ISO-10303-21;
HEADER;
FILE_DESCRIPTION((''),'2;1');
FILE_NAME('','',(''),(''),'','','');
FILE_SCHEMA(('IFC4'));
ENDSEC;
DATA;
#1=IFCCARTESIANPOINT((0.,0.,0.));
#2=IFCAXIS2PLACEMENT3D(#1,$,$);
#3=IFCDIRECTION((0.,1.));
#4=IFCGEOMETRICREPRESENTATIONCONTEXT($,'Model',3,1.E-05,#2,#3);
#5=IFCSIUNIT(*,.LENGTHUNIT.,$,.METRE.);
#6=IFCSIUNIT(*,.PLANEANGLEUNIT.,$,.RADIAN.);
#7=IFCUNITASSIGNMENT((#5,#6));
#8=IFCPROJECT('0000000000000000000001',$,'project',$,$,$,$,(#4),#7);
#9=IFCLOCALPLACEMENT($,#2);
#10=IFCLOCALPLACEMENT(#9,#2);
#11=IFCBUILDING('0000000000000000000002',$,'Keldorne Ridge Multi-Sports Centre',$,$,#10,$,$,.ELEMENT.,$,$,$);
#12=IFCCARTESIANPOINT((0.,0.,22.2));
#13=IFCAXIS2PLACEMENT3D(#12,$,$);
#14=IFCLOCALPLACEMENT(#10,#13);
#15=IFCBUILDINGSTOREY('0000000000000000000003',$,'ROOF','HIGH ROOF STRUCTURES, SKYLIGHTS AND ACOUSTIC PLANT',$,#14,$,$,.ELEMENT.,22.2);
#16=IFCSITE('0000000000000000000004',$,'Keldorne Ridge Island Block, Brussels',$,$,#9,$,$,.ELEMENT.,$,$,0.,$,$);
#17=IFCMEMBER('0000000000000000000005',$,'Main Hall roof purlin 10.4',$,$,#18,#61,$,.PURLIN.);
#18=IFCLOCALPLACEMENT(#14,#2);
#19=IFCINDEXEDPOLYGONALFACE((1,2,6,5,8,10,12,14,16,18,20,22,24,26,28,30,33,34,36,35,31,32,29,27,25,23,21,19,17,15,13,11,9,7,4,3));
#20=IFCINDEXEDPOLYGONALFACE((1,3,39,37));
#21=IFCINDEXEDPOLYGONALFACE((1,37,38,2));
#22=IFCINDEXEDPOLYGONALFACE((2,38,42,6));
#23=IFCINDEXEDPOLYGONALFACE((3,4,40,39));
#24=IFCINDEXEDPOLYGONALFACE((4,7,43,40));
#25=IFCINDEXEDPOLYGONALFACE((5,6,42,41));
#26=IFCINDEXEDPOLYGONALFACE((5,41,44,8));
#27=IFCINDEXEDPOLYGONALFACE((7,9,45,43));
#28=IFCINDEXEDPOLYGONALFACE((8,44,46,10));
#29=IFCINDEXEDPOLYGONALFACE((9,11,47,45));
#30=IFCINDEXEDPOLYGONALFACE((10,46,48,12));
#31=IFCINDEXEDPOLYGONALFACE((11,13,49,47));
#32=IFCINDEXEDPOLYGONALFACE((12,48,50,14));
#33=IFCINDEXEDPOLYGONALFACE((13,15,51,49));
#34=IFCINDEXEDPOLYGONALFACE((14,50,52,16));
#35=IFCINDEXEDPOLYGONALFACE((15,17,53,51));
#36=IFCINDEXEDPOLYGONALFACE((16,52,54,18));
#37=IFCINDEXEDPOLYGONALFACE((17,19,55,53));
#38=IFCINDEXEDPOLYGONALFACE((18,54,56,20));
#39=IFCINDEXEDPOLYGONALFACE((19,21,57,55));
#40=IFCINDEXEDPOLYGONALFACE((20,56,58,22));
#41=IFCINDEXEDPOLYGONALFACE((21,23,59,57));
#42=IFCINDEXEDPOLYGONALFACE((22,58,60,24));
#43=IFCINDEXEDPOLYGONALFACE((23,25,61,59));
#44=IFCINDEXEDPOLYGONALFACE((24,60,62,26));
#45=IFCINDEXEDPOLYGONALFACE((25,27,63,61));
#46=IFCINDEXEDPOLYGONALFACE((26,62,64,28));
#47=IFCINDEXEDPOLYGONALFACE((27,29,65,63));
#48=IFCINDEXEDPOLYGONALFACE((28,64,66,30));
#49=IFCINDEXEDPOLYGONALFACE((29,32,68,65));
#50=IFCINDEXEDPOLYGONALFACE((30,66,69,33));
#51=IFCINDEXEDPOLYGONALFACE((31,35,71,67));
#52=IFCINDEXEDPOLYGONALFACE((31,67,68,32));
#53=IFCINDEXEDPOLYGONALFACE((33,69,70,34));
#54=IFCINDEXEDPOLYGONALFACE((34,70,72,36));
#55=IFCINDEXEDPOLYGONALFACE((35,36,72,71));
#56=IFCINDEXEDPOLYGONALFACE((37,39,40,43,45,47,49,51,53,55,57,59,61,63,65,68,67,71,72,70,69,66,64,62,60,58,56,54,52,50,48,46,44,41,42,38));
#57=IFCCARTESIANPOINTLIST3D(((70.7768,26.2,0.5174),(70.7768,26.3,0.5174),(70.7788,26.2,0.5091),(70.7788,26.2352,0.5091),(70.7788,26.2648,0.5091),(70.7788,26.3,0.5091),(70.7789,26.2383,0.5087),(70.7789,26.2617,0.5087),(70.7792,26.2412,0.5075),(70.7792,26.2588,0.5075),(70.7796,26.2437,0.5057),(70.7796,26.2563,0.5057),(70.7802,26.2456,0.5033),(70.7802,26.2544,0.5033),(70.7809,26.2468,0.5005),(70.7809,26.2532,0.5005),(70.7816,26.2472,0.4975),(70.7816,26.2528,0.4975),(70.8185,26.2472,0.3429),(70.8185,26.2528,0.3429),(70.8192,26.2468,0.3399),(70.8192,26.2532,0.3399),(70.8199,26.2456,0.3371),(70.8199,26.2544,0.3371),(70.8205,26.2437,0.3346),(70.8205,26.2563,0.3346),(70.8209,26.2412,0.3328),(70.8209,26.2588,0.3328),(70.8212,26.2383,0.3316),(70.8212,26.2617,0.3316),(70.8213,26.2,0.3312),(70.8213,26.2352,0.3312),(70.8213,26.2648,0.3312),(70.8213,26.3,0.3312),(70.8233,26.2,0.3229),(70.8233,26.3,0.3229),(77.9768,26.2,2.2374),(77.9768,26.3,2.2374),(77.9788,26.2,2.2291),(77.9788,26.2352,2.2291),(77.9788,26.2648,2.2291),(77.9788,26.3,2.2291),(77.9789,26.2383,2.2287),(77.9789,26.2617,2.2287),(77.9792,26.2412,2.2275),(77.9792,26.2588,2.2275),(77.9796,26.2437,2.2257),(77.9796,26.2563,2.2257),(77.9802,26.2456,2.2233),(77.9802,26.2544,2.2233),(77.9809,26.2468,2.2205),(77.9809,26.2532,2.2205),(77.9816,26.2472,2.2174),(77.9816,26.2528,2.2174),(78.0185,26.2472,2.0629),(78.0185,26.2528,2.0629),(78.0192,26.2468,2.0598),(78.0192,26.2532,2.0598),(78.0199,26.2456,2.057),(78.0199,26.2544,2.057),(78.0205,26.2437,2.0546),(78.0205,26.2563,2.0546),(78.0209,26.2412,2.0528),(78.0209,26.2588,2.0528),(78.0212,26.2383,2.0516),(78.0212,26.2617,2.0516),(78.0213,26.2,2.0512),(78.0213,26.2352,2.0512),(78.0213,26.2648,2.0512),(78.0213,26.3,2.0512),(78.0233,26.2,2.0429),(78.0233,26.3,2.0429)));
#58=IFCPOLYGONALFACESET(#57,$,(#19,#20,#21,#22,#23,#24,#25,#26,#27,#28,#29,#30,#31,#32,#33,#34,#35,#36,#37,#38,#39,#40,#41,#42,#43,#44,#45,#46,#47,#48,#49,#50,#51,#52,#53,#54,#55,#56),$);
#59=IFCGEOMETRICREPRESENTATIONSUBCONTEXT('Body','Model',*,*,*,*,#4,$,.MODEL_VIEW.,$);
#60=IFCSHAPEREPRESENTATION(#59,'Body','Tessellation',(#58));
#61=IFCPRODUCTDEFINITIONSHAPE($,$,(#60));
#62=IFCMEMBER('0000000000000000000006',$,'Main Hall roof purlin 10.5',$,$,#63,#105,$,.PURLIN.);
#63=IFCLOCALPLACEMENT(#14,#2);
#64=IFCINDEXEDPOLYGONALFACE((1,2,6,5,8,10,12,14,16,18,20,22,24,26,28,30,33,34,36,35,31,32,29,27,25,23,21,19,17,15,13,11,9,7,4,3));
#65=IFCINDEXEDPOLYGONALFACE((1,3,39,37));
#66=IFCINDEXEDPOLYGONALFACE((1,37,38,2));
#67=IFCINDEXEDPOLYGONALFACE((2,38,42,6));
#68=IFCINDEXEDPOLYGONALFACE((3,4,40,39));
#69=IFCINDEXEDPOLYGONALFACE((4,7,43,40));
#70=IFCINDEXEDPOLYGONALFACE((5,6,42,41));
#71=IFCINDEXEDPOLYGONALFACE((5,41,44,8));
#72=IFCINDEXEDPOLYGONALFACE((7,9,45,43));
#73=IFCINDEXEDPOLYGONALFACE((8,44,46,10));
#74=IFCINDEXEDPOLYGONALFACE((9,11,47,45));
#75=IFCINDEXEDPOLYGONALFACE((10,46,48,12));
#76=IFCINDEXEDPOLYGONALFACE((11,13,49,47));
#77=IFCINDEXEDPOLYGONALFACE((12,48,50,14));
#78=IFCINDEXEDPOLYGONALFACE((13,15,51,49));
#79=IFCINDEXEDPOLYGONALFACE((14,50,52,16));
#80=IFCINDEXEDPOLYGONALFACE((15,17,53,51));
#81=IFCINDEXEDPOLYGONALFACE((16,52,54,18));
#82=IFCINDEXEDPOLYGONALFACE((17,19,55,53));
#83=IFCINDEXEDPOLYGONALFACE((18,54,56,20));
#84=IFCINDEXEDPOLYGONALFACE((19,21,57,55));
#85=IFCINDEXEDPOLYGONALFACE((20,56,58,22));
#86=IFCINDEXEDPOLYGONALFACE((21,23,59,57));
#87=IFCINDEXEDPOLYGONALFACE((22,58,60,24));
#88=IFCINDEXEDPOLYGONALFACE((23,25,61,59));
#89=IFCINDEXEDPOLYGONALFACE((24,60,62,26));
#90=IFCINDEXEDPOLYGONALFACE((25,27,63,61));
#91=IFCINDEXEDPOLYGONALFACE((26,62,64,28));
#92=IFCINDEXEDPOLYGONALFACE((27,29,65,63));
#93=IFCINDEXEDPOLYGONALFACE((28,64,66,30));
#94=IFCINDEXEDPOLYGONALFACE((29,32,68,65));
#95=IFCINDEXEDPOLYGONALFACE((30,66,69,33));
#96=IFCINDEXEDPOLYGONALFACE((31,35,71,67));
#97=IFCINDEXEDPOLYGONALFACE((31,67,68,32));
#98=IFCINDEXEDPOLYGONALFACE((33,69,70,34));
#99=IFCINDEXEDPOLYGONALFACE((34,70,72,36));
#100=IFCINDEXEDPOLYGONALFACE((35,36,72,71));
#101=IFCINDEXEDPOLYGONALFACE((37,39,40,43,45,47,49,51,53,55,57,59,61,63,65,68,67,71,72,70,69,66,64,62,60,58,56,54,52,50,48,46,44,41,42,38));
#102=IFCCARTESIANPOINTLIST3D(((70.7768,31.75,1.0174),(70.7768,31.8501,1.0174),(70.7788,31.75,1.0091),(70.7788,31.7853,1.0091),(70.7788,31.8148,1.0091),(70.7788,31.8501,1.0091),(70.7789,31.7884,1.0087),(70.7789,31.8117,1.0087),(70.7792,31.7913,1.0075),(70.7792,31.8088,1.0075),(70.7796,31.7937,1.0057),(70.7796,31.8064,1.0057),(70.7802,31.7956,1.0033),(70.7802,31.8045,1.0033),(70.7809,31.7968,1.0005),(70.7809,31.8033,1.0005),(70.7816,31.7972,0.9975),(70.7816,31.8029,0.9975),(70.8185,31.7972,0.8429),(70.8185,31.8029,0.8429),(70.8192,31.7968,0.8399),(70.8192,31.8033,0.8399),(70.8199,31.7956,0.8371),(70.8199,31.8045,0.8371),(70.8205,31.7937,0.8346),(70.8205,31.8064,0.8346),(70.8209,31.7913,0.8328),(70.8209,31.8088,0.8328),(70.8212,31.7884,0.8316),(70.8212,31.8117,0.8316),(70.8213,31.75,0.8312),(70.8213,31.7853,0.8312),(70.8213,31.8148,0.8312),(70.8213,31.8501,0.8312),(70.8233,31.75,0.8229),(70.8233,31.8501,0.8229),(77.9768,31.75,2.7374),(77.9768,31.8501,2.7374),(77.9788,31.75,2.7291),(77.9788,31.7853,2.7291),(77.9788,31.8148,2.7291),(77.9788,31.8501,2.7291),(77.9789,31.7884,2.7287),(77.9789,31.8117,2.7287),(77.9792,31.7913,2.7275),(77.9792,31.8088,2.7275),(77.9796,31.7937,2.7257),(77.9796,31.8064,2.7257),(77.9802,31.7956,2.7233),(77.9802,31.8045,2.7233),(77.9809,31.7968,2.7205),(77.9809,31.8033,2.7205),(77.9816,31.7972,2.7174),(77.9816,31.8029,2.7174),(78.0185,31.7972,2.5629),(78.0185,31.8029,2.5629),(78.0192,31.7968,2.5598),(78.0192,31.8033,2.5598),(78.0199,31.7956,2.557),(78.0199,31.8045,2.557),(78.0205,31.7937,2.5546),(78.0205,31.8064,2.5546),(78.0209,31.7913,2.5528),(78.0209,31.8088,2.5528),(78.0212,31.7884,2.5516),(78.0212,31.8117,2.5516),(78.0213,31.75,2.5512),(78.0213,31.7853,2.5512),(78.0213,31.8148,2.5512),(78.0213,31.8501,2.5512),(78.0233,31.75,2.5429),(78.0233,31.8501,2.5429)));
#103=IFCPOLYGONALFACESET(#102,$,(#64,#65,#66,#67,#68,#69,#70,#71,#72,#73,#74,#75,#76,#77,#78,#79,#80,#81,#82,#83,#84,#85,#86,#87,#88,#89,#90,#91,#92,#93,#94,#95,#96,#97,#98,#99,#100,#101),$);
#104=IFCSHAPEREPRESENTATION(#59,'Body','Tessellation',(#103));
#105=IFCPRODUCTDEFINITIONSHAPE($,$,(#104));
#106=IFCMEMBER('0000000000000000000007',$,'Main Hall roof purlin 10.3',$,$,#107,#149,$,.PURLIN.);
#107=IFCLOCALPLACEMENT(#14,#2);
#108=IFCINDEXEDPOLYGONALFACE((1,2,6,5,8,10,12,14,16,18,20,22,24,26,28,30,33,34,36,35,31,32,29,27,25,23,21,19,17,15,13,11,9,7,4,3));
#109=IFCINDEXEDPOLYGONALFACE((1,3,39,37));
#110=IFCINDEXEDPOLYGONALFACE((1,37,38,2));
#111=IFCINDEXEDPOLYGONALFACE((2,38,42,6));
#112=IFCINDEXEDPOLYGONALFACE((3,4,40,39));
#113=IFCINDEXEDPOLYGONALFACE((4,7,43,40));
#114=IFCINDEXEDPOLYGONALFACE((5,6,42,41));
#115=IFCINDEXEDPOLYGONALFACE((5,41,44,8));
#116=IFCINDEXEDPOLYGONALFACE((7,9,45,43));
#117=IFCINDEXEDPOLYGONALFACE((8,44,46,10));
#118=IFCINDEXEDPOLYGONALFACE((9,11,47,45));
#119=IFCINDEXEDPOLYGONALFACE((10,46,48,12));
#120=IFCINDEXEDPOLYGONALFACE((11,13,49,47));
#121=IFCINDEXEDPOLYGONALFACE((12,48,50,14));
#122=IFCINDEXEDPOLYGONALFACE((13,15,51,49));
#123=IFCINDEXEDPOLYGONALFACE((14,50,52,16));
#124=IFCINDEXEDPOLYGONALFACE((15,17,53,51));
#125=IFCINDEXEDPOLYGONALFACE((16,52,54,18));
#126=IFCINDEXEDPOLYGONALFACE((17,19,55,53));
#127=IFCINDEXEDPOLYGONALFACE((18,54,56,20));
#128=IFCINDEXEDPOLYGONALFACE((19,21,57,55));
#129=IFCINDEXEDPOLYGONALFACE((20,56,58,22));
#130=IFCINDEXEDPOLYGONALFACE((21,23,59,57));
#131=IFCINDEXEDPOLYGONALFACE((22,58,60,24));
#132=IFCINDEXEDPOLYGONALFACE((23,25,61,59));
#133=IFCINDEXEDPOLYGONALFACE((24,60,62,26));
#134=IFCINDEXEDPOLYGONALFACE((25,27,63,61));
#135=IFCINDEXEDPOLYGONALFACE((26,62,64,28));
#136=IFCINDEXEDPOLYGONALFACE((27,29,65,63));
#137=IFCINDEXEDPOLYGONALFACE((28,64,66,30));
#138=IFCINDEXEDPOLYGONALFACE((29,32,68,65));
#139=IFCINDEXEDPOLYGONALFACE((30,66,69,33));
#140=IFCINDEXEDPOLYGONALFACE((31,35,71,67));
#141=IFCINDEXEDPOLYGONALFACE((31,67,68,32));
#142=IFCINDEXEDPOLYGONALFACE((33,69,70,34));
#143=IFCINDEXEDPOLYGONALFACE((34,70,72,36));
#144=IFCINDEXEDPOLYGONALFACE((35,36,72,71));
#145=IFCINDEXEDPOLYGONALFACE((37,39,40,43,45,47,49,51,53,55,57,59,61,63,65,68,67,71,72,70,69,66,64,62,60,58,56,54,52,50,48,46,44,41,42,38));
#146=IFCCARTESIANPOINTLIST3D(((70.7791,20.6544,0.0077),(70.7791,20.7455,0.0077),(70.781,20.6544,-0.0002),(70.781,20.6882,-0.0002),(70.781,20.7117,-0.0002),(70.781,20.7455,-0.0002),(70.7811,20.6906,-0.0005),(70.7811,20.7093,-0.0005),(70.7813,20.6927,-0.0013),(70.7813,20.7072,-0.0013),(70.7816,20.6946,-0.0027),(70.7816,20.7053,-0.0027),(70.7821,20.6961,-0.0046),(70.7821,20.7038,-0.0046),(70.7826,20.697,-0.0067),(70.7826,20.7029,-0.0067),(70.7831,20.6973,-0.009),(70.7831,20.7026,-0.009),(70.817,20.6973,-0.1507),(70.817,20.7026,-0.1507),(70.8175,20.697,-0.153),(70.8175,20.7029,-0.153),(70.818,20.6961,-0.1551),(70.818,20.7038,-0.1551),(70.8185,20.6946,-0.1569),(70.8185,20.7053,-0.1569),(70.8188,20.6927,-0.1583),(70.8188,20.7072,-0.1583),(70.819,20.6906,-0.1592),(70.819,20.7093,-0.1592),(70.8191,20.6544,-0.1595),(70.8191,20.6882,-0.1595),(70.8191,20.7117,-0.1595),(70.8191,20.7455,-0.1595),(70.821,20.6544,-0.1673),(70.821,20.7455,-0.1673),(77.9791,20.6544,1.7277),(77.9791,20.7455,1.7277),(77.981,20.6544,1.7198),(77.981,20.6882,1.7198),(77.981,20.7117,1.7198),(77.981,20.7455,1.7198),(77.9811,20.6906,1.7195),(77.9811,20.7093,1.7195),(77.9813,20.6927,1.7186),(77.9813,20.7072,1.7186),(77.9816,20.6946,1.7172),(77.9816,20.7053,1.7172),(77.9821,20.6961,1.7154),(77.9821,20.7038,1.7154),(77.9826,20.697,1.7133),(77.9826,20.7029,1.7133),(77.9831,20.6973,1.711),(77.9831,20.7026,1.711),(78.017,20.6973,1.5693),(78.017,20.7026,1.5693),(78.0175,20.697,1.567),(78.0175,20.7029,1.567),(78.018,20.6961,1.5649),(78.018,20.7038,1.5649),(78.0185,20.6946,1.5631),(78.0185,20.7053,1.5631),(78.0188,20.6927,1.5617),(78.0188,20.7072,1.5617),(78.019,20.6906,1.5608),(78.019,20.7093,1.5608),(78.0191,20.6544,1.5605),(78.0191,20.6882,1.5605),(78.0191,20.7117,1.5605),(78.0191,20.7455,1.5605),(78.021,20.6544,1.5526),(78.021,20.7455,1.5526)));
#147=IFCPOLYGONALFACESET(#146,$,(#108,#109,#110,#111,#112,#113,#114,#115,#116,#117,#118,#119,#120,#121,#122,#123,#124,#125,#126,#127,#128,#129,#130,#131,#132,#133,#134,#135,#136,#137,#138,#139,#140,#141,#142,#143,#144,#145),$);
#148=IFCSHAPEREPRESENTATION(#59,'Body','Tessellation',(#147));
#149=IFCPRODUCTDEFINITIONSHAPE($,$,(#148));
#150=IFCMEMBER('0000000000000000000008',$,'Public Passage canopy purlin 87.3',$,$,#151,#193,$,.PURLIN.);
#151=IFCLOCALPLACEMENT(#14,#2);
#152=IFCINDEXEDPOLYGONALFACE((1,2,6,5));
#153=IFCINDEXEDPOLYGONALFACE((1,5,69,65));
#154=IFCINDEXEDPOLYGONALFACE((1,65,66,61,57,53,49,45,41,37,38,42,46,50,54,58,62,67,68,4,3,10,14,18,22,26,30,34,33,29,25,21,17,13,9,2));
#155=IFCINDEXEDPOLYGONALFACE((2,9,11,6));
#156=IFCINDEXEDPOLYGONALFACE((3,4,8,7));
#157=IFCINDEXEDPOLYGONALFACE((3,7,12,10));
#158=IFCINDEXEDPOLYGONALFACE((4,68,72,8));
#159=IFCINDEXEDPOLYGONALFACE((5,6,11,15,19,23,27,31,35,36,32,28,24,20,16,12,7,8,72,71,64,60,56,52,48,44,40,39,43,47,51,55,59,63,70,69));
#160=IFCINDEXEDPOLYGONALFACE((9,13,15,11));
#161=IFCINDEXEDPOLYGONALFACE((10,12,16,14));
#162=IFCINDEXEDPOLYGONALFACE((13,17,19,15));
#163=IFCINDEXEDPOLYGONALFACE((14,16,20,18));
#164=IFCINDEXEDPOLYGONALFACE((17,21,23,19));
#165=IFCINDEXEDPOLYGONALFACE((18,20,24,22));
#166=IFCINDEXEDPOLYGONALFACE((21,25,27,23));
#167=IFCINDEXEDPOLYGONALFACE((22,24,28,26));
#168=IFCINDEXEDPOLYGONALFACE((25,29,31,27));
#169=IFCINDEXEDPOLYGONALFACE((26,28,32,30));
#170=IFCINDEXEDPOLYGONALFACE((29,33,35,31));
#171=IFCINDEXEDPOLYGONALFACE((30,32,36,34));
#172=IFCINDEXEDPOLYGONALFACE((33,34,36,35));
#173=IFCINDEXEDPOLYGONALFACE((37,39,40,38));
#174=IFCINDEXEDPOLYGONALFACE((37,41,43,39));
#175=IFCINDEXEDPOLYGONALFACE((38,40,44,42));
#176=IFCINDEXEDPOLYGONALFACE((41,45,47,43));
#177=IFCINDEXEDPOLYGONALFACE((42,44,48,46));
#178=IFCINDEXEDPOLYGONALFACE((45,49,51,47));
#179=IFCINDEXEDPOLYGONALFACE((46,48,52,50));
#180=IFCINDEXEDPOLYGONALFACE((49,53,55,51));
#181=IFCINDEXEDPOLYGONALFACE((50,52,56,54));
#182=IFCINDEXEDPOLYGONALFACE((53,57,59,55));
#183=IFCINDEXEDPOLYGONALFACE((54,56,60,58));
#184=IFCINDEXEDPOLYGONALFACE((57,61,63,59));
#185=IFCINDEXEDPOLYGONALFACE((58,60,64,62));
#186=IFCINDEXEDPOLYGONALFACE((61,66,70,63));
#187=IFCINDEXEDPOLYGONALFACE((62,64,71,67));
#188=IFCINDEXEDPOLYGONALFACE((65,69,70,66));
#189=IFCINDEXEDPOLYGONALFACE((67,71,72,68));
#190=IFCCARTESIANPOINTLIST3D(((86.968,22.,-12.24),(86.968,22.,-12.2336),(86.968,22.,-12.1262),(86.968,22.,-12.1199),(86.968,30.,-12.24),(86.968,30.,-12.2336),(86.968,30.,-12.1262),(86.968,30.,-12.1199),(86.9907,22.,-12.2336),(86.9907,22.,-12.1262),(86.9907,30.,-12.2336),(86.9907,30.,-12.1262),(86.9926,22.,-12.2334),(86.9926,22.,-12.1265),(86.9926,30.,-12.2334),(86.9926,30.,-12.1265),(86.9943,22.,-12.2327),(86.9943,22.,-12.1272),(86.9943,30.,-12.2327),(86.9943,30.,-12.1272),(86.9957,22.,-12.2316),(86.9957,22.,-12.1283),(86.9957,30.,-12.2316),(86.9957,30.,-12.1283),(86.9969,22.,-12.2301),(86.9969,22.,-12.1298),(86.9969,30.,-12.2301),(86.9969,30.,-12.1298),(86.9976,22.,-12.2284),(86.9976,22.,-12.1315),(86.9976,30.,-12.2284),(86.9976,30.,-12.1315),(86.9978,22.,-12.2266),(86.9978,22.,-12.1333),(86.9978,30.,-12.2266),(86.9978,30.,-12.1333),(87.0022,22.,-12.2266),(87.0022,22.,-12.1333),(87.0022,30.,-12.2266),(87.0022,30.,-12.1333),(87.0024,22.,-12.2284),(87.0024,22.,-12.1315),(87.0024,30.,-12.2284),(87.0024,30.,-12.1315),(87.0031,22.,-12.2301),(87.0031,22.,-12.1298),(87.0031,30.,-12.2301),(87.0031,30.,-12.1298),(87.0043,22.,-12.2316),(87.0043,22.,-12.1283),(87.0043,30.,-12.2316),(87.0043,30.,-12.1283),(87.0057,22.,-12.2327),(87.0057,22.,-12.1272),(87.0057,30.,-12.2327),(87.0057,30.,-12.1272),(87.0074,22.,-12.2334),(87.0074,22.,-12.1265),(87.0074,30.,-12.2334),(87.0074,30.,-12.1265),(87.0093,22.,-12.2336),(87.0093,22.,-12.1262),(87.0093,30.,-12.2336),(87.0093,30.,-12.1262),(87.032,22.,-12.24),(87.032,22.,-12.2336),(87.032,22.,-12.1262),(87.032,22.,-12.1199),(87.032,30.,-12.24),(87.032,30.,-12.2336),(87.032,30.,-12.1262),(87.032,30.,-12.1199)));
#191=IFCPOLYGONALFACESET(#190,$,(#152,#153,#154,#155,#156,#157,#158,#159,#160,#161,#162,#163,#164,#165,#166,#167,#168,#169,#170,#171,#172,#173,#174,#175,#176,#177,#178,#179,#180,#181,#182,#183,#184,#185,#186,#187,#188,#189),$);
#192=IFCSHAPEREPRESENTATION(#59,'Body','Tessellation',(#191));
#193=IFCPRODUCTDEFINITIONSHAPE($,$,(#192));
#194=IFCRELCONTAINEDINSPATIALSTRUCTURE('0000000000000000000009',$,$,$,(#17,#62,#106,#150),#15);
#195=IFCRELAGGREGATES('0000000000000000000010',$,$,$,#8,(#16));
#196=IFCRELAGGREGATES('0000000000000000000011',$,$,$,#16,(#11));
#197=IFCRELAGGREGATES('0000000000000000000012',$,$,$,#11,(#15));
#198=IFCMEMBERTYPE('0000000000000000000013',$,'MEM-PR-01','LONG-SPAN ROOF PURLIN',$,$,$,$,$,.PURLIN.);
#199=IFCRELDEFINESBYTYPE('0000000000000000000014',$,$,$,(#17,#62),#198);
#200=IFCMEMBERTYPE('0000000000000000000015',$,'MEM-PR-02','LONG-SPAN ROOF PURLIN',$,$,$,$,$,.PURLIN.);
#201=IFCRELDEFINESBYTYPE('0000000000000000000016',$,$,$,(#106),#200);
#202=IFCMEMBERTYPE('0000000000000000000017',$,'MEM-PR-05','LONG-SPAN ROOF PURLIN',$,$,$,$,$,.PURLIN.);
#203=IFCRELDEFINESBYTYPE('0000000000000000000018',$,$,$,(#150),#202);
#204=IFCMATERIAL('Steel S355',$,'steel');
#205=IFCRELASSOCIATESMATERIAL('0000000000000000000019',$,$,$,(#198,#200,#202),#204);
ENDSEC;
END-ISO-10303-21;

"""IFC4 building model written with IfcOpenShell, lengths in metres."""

from ifc_helpers import new_model, si_unit, direction, frame, origin, origin_2d, place, context, subcontext, project, spatial, i_section, extrude, material, material_profile, profile_set, type_object, element, save


model = new_model("IFC4")

# Units and contexts
model_context = context("Model", 3, precision=1e-05, world=origin(), true_north=direction((0.0, 1.0)))
body_context = subcontext(model_context, "Body", "Model", "MODEL_VIEW")
ifc_project = project(units=[si_unit("LENGTHUNIT", "METRE"), si_unit("PLANEANGLEUNIT", "RADIAN")], contexts=[model_context])

# Site, building, storey
site_placement = place(None, origin())
site = spatial("IfcSite", under=ifc_project, at=site_placement, Name="Keldorne Ridge Island Block, Brussels", CompositionType="ELEMENT", RefElevation=0.0)
building_placement = place(site_placement, origin())
building = spatial("IfcBuilding", under=site, at=building_placement, Name="Keldorne Ridge Multi-Sports Centre", CompositionType="ELEMENT")
storey_placement = place(building_placement, frame((0.0, 0.0, 22.2)))
storey = spatial("IfcBuildingStorey", under=building, at=storey_placement, Name="ROOF", Description="HIGH ROOF STRUCTURES, SKYLIGHTS AND ACOUSTIC PLANT", CompositionType="ELEMENT", Elevation=22.2)

# Members
ifc_material = material(Name="Steel S355", Category="steel")
ifc_material_profile_1 = material_profile(ifc_material, i_section(OverallWidth=0.1001, OverallDepth=0.2, WebThickness=0.0056, FlangeThickness=0.0085, FilletRadius=0.012, at=origin_2d()), Name="IPE 200")
ifc_profile_set_1 = profile_set([ifc_material_profile_1], Name="Steel S355")
member_type_1 = type_object("IfcMemberType", Name="MEM-PR-01", Description="LONG-SPAN ROOF PURLIN", PredefinedType="PURLIN", material=ifc_profile_set_1)
for number, where, z_axis, x_axis, name in (
    (1, (70.8, 26.25, 0.4202), (0.972633, 0.0, 0.232349), (0.0, 1.0, 0.0), "Main Hall roof purlin 10.4"),
    (2, (70.8, 31.8, 0.9202), (0.972633, 0.0, 0.232349), (0.0, 1.0, 0.0), "Main Hall roof purlin 10.5"),
):
    element("IfcMember", number, at=place(storey_placement, frame(where, z_axis=z_axis, x_axis=x_axis)), inside=storey, type_object=member_type_1, Name=name, PredefinedType="PURLIN", context=body_context, shape_type="SweptSolid", body=[
        extrude(i_section(OverallWidth=0.1001, OverallDepth=0.2, WebThickness=0.0056, FlangeThickness=0.0085, FilletRadius=0.012, at=origin_2d()), origin(), (0.0, 0.0, 1.0), 7.4026),
    ])
ifc_material_profile_2 = material_profile(ifc_material, i_section(OverallWidth=0.0911, OverallDepth=0.1799, WebThickness=0.0054, FlangeThickness=0.0081, FilletRadius=0.009, at=origin_2d()), Name="IPE 180")
ifc_profile_set_2 = profile_set([ifc_material_profile_2], Name="Steel S355")
member_type_2 = type_object("IfcMemberType", Name="MEM-PR-02", Description="LONG-SPAN ROOF PURLIN", PredefinedType="PURLIN", material=ifc_profile_set_2)
member_1_placement = place(storey_placement, frame((70.8, 20.7, -0.0798), z_axis=(0.972633, 0.0, 0.232349), x_axis=(0.0, 1.0, 0.0)))
element("IfcMember", 3, at=member_1_placement, inside=storey, type_object=member_type_2, Name="Main Hall roof purlin 10.3", PredefinedType="PURLIN", context=body_context, shape_type="SweptSolid", body=[
    extrude(i_section(OverallWidth=0.0911, OverallDepth=0.1799, WebThickness=0.0054, FlangeThickness=0.0081, FilletRadius=0.009, at=origin_2d()), origin(), (0.0, 0.0, 1.0), 7.4026),
])
ifc_material_profile_3 = material_profile(ifc_material, i_section(OverallWidth=0.064, OverallDepth=0.1201, WebThickness=0.0044, FlangeThickness=0.0063, FilletRadius=0.0071, at=origin_2d()), Name="IPE 120")
ifc_profile_set_3 = profile_set([ifc_material_profile_3], Name="Steel S355")
member_type_3 = type_object("IfcMemberType", Name="MEM-PR-05", Description="LONG-SPAN ROOF PURLIN", PredefinedType="PURLIN", material=ifc_profile_set_3)
for number, where, z_axis, x_axis, name in (
    (4, (87.0, 22.0, -12.1799), (0.0, 1.0, 0.0), (-1.0, 0.0, 0.0), "Public Passage canopy purlin 87.3"),
):
    element("IfcMember", number, at=place(storey_placement, frame(where, z_axis=z_axis, x_axis=x_axis)), inside=storey, type_object=member_type_3, Name=name, PredefinedType="PURLIN", context=body_context, shape_type="SweptSolid", body=[
        extrude(i_section(OverallWidth=0.064, OverallDepth=0.1201, WebThickness=0.0044, FlangeThickness=0.0063, FilletRadius=0.0071, at=origin_2d()), origin(), (0.0, 0.0, 1.0), 8.0),
    ])

save(model, "model.ifc")
